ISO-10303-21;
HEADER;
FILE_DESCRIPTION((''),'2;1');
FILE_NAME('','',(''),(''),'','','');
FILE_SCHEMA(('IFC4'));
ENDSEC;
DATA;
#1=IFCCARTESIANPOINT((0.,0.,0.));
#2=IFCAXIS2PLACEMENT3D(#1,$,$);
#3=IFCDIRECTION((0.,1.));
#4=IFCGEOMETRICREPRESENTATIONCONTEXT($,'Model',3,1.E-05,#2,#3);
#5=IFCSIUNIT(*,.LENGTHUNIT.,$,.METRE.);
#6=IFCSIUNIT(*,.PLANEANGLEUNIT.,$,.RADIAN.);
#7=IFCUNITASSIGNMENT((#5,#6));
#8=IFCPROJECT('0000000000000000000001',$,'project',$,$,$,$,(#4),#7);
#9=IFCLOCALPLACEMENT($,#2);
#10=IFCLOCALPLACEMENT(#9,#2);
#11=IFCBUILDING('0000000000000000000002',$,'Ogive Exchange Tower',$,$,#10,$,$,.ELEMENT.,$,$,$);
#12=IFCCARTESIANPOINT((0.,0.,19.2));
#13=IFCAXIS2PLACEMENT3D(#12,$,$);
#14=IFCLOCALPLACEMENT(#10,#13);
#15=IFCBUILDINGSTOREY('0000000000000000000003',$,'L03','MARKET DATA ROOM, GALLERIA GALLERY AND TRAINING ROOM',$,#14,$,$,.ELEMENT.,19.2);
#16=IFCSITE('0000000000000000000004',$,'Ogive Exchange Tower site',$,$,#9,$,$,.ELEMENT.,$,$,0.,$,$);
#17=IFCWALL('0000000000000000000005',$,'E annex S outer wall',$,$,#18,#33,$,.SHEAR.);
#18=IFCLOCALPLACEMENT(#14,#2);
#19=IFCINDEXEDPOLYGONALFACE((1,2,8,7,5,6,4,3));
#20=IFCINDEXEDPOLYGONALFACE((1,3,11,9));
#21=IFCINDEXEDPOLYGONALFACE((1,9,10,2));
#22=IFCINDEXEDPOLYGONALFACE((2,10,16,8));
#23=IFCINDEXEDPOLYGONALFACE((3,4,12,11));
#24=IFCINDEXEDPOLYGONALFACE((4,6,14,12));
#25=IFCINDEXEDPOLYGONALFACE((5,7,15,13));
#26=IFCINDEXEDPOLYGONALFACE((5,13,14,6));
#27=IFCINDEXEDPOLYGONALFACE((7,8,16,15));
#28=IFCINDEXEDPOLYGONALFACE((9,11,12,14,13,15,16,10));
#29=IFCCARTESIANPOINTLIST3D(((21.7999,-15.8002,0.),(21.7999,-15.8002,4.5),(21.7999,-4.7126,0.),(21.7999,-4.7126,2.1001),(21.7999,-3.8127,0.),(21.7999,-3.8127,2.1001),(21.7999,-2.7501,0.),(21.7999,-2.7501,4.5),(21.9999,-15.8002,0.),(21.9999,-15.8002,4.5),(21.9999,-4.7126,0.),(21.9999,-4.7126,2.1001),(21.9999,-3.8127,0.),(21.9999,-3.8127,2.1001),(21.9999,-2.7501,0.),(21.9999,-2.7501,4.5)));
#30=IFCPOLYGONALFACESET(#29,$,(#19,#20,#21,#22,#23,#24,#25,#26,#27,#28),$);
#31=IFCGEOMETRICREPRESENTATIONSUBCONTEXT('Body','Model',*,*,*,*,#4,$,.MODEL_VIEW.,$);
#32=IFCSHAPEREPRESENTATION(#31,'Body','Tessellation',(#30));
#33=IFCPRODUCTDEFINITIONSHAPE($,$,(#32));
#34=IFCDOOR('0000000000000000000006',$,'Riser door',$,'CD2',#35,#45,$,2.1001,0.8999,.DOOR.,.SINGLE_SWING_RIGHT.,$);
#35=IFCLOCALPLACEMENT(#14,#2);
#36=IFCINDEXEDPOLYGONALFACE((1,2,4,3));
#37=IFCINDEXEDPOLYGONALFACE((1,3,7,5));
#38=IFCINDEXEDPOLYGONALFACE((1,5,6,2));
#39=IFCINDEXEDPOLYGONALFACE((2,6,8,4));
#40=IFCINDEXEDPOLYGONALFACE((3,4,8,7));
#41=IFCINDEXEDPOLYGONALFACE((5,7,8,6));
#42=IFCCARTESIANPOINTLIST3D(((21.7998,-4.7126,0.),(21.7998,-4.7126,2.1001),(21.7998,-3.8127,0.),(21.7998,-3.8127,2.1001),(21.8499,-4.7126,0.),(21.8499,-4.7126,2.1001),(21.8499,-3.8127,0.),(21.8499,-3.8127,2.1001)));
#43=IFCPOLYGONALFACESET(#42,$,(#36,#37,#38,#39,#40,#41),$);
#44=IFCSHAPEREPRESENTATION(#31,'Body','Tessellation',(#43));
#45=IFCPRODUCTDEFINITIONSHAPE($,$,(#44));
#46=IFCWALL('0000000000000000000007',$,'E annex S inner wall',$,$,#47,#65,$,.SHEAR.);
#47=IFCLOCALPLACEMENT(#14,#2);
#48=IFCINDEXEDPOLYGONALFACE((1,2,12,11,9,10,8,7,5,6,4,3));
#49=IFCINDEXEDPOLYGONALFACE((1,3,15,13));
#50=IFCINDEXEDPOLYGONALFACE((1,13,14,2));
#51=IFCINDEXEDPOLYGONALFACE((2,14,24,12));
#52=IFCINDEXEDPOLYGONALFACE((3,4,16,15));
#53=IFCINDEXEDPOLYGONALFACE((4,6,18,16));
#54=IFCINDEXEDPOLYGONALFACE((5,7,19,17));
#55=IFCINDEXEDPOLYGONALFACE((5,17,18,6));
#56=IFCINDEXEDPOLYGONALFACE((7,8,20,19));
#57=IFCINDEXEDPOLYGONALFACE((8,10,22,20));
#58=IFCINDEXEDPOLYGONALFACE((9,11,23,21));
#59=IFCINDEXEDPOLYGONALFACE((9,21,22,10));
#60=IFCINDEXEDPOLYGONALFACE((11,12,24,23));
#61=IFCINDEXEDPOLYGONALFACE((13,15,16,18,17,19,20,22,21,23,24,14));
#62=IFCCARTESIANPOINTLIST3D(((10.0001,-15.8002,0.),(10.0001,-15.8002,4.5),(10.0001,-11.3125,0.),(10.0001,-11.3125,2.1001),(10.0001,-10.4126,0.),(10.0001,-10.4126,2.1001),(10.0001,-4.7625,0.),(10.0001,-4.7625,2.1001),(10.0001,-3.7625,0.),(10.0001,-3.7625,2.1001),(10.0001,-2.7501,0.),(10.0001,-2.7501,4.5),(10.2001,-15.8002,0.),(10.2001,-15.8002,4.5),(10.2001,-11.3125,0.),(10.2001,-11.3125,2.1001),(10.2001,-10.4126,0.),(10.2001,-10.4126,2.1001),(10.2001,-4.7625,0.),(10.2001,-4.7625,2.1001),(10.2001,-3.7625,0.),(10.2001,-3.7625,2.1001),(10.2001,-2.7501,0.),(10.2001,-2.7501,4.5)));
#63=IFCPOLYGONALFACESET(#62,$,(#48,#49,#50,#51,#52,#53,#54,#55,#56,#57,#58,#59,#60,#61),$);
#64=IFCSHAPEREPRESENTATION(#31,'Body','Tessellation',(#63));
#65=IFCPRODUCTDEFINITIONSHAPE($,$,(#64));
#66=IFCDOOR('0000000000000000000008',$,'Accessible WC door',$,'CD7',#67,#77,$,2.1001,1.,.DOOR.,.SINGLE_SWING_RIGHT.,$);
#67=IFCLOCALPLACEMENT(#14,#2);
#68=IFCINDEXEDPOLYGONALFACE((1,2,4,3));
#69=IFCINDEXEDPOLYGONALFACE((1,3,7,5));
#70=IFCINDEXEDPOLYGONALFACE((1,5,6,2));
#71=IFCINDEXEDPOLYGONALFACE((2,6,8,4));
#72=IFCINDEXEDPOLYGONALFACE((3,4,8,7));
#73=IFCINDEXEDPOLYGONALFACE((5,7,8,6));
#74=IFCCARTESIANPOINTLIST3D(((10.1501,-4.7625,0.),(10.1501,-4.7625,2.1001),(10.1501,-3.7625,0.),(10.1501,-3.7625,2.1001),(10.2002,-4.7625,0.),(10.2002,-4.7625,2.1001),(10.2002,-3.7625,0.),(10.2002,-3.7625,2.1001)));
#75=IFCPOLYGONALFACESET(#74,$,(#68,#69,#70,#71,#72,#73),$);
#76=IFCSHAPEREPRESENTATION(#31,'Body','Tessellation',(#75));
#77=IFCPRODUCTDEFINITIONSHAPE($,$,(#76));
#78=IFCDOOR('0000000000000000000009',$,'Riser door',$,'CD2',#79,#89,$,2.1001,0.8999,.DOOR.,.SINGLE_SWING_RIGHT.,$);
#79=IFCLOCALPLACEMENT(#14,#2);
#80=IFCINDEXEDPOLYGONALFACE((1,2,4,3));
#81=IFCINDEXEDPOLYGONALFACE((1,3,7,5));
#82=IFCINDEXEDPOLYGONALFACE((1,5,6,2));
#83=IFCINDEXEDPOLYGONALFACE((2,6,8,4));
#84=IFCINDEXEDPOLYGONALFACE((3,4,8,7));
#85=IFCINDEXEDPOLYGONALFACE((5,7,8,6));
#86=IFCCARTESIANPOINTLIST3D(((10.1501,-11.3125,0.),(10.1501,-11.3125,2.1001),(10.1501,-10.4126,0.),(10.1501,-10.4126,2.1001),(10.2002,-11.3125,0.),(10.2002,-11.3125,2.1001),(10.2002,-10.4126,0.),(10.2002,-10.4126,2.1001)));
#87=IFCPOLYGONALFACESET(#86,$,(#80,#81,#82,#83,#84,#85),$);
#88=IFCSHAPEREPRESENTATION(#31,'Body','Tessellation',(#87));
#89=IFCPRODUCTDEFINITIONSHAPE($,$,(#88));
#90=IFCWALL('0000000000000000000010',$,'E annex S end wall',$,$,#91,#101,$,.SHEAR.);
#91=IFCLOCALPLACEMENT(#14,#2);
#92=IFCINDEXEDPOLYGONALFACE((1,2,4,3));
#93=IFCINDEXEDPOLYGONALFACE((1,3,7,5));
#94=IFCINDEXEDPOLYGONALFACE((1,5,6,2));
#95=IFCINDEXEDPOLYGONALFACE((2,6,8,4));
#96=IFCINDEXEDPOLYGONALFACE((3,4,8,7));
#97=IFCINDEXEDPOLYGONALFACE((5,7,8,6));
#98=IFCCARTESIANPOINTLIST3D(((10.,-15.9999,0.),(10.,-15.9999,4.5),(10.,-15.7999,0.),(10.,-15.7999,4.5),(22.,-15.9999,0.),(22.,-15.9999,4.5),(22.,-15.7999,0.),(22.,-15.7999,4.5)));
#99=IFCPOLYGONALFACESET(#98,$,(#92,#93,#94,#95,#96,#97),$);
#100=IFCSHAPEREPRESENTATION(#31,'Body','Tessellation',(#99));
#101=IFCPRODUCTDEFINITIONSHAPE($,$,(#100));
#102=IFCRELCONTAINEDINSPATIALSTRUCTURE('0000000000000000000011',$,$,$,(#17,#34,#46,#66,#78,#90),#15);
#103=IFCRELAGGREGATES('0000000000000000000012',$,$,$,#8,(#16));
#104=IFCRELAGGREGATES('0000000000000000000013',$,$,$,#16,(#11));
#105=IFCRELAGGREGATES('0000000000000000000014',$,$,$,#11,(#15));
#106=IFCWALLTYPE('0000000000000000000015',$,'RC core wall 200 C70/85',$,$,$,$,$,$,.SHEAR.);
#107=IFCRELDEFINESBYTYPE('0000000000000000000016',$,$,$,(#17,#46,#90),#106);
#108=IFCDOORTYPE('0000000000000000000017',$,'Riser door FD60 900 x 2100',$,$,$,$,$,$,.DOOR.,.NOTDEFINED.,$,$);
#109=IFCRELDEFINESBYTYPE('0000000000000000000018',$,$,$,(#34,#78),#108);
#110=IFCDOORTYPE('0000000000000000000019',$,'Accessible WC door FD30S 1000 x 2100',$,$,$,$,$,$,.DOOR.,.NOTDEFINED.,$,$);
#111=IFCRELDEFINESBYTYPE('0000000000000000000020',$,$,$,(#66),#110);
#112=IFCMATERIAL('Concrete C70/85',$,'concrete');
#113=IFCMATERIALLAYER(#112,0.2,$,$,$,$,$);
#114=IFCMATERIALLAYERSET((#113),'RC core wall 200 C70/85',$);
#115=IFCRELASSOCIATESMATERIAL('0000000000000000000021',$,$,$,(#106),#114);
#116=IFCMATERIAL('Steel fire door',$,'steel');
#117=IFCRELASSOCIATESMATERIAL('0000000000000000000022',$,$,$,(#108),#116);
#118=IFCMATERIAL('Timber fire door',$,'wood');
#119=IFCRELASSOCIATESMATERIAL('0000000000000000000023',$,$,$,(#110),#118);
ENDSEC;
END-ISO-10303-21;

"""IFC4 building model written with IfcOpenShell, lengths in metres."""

from ifc_helpers import new_model, si_unit, direction, frame, frame_2d, origin, place, context, subcontext, project, spatial, rectangle, extrude, material, layer, layer_set, type_object, element, fill, save


model = new_model("IFC4")

# Units and contexts
model_context = context("Model", 3, precision=1e-05, world=origin(), true_north=direction((0.0, 1.0)))
body_context = subcontext(model_context, "Body", "Model", "MODEL_VIEW")
ifc_project = project(units=[si_unit("LENGTHUNIT", "METRE"), si_unit("PLANEANGLEUNIT", "RADIAN")], contexts=[model_context])

# Site, building, storey
site_placement = place(None, origin())
site = spatial("IfcSite", under=ifc_project, at=site_placement, Name="Ogive Exchange Tower site", CompositionType="ELEMENT", RefElevation=0.0)
building_placement = place(site_placement, origin())
building = spatial("IfcBuilding", under=site, at=building_placement, Name="Ogive Exchange Tower", CompositionType="ELEMENT")
storey_placement = place(building_placement, frame((0.0, 0.0, 19.2)))
storey = spatial("IfcBuildingStorey", under=building, at=storey_placement, Name="L03", Description="MARKET DATA ROOM, GALLERIA GALLERY AND TRAINING ROOM", CompositionType="ELEMENT", Elevation=19.2)

# Shared definitions
ifc_material_1 = material(Name="Concrete C70/85", Category="concrete")

# Wall, opening, door
ifc_layer_1 = layer(ifc_material_1, 0.2)
ifc_layer_set_1 = layer_set([ifc_layer_1], Name="RC core wall 200 C70/85")
wall_type_1 = type_object("IfcWallType", Name="RC core wall 200 C70/85", PredefinedType="SHEAR", material=ifc_layer_set_1)
wall_1_placement = place(storey_placement, frame((21.8999, -15.8, 0.0), z_axis=(0.0, 0.0, 1.0), x_axis=(0.0, 1.0, 0.0)))
wall_1 = element("IfcWall", 1, at=wall_1_placement, inside=storey, type_object=wall_type_1, Name="E annex S outer wall", PredefinedType="SHEAR", context=body_context, shape_type="SweptSolid", body=[
    extrude(rectangle(XDim=13.05, YDim=0.2, at=frame_2d((6.5249, 0.0))), origin(), (0.0, 0.0, 1.0), 4.5),
])
opening_1_placement = place(wall_1_placement, frame((11.0874, 0.0, 0.0)))
opening_1 = element("IfcOpeningElement", 2, at=opening_1_placement, cuts=wall_1, PredefinedType="OPENING", context=body_context, shape_type="SweptSolid", body=[
    extrude(rectangle(XDim=0.8999, YDim=2.1001, at=frame_2d((0.45, 1.05))), frame((0.0, 0.1099, 0.0), z_axis=(0.0, -1.0, 0.0), x_axis=(1.0, 0.0, 0.0)), (0.0, 0.0, 1.0), 0.22),
])
ifc_material_2 = material(Name="Steel fire door", Category="steel")
door_type_1 = type_object("IfcDoorType", Name="Riser door FD60 900 x 2100", OperationType="NOTDEFINED", PredefinedType="DOOR", material=ifc_material_2)
door_1_placement = place(opening_1_placement, origin())
door_1 = element("IfcDoor", 3, at=door_1_placement, inside=storey, type_object=door_type_1, Name="Riser door", ObjectType="CD2", OperationType="SINGLE_SWING_RIGHT", OverallHeight=2.1001, OverallWidth=0.8999, PredefinedType="DOOR", context=body_context, shape_type="SweptSolid", body=[
    extrude(rectangle(XDim=0.8999, YDim=2.1001, at=frame_2d((0.45, 1.05))), frame((0.0, 0.1001, 0.0), z_axis=(0.0, -1.0, 0.0), x_axis=(1.0, 0.0, 0.0)), (0.0, 0.0, 1.0), 0.05),
])
fill(opening_1, door_1)

# Wall, openings, doors
wall_2_placement = place(storey_placement, frame((10.1001, -15.8, 0.0), z_axis=(0.0, 0.0, 1.0), x_axis=(0.0, 1.0, 0.0)))
wall_2 = element("IfcWall", 4, at=wall_2_placement, inside=storey, type_object=wall_type_1, Name="E annex S inner wall", PredefinedType="SHEAR", context=body_context, shape_type="SweptSolid", body=[
    extrude(rectangle(XDim=13.05, YDim=0.2, at=frame_2d((6.5249, 0.0))), origin(), (0.0, 0.0, 1.0), 4.5),
])
opening_2_placement = place(wall_2_placement, frame((4.4875, 0.0, 0.0)))
opening_2 = element("IfcOpeningElement", 5, at=opening_2_placement, cuts=wall_2, PredefinedType="OPENING", context=body_context, shape_type="SweptSolid", body=[
    extrude(rectangle(XDim=0.8999, YDim=2.1001, at=frame_2d((0.45, 1.05))), frame((0.0, 0.1099, 0.0), z_axis=(0.0, -1.0, 0.0), x_axis=(1.0, 0.0, 0.0)), (0.0, 0.0, 1.0), 0.22),
])
opening_3_placement = place(wall_2_placement, frame((11.0376, 0.0, 0.0)))
opening_3 = element("IfcOpeningElement", 6, at=opening_3_placement, cuts=wall_2, PredefinedType="OPENING", context=body_context, shape_type="SweptSolid", body=[
    extrude(rectangle(XDim=1.0, YDim=2.1001, at=frame_2d((0.5, 1.05))), frame((0.0, 0.1099, 0.0), z_axis=(0.0, -1.0, 0.0), x_axis=(1.0, 0.0, 0.0)), (0.0, 0.0, 1.0), 0.22),
])
ifc_material_3 = material(Name="Timber fire door", Category="wood")
door_type_2 = type_object("IfcDoorType", Name="Accessible WC door FD30S 1000 x 2100", OperationType="NOTDEFINED", PredefinedType="DOOR", material=ifc_material_3)
door_2_placement = place(opening_3_placement, frame((1.0, -0.1499, 0.0), z_axis=(0.0, 0.0, 1.0), x_axis=(-1.0, 0.0, 0.0)))
door_2 = element("IfcDoor", 7, at=door_2_placement, inside=storey, type_object=door_type_2, Name="Accessible WC door", ObjectType="CD7", OperationType="SINGLE_SWING_RIGHT", OverallHeight=2.1001, OverallWidth=1.0, PredefinedType="DOOR", context=body_context, shape_type="SweptSolid", body=[
    extrude(rectangle(XDim=1.0, YDim=2.1001, at=frame_2d((0.5, 1.05))), frame((0.0, -0.0498, 0.0), z_axis=(0.0, -1.0, 0.0), x_axis=(1.0, 0.0, 0.0)), (0.0, 0.0, 1.0), 0.05),
])
fill(opening_3, door_2)
door_3_placement = place(opening_2_placement, frame((0.8999, -0.1499, 0.0), z_axis=(0.0, 0.0, 1.0), x_axis=(-1.0, 0.0, 0.0)))
door_3 = element("IfcDoor", 8, at=door_3_placement, inside=storey, type_object=door_type_1, Name="Riser door", ObjectType="CD2", OperationType="SINGLE_SWING_RIGHT", OverallHeight=2.1001, OverallWidth=0.8999, PredefinedType="DOOR", context=body_context, shape_type="SweptSolid", body=[
    extrude(rectangle(XDim=0.8999, YDim=2.1001, at=frame_2d((0.45, 1.05))), frame((0.0, -0.0498, 0.0), z_axis=(0.0, -1.0, 0.0), x_axis=(1.0, 0.0, 0.0)), (0.0, 0.0, 1.0), 0.05),
])
fill(opening_2, door_3)

# Wall
wall_3_placement = place(storey_placement, frame((10.0, -15.8999, 0.0), z_axis=(0.0, 0.0, 1.0), x_axis=(1.0, 0.0, 0.0)))
element("IfcWall", 9, at=wall_3_placement, inside=storey, type_object=wall_type_1, Name="E annex S end wall", PredefinedType="SHEAR", context=body_context, shape_type="SweptSolid", body=[
    extrude(rectangle(XDim=12.0, YDim=0.2, at=frame_2d((6.0, 0.0))), origin(), (0.0, 0.0, 1.0), 4.5),
])

save(model, "model.ifc")
